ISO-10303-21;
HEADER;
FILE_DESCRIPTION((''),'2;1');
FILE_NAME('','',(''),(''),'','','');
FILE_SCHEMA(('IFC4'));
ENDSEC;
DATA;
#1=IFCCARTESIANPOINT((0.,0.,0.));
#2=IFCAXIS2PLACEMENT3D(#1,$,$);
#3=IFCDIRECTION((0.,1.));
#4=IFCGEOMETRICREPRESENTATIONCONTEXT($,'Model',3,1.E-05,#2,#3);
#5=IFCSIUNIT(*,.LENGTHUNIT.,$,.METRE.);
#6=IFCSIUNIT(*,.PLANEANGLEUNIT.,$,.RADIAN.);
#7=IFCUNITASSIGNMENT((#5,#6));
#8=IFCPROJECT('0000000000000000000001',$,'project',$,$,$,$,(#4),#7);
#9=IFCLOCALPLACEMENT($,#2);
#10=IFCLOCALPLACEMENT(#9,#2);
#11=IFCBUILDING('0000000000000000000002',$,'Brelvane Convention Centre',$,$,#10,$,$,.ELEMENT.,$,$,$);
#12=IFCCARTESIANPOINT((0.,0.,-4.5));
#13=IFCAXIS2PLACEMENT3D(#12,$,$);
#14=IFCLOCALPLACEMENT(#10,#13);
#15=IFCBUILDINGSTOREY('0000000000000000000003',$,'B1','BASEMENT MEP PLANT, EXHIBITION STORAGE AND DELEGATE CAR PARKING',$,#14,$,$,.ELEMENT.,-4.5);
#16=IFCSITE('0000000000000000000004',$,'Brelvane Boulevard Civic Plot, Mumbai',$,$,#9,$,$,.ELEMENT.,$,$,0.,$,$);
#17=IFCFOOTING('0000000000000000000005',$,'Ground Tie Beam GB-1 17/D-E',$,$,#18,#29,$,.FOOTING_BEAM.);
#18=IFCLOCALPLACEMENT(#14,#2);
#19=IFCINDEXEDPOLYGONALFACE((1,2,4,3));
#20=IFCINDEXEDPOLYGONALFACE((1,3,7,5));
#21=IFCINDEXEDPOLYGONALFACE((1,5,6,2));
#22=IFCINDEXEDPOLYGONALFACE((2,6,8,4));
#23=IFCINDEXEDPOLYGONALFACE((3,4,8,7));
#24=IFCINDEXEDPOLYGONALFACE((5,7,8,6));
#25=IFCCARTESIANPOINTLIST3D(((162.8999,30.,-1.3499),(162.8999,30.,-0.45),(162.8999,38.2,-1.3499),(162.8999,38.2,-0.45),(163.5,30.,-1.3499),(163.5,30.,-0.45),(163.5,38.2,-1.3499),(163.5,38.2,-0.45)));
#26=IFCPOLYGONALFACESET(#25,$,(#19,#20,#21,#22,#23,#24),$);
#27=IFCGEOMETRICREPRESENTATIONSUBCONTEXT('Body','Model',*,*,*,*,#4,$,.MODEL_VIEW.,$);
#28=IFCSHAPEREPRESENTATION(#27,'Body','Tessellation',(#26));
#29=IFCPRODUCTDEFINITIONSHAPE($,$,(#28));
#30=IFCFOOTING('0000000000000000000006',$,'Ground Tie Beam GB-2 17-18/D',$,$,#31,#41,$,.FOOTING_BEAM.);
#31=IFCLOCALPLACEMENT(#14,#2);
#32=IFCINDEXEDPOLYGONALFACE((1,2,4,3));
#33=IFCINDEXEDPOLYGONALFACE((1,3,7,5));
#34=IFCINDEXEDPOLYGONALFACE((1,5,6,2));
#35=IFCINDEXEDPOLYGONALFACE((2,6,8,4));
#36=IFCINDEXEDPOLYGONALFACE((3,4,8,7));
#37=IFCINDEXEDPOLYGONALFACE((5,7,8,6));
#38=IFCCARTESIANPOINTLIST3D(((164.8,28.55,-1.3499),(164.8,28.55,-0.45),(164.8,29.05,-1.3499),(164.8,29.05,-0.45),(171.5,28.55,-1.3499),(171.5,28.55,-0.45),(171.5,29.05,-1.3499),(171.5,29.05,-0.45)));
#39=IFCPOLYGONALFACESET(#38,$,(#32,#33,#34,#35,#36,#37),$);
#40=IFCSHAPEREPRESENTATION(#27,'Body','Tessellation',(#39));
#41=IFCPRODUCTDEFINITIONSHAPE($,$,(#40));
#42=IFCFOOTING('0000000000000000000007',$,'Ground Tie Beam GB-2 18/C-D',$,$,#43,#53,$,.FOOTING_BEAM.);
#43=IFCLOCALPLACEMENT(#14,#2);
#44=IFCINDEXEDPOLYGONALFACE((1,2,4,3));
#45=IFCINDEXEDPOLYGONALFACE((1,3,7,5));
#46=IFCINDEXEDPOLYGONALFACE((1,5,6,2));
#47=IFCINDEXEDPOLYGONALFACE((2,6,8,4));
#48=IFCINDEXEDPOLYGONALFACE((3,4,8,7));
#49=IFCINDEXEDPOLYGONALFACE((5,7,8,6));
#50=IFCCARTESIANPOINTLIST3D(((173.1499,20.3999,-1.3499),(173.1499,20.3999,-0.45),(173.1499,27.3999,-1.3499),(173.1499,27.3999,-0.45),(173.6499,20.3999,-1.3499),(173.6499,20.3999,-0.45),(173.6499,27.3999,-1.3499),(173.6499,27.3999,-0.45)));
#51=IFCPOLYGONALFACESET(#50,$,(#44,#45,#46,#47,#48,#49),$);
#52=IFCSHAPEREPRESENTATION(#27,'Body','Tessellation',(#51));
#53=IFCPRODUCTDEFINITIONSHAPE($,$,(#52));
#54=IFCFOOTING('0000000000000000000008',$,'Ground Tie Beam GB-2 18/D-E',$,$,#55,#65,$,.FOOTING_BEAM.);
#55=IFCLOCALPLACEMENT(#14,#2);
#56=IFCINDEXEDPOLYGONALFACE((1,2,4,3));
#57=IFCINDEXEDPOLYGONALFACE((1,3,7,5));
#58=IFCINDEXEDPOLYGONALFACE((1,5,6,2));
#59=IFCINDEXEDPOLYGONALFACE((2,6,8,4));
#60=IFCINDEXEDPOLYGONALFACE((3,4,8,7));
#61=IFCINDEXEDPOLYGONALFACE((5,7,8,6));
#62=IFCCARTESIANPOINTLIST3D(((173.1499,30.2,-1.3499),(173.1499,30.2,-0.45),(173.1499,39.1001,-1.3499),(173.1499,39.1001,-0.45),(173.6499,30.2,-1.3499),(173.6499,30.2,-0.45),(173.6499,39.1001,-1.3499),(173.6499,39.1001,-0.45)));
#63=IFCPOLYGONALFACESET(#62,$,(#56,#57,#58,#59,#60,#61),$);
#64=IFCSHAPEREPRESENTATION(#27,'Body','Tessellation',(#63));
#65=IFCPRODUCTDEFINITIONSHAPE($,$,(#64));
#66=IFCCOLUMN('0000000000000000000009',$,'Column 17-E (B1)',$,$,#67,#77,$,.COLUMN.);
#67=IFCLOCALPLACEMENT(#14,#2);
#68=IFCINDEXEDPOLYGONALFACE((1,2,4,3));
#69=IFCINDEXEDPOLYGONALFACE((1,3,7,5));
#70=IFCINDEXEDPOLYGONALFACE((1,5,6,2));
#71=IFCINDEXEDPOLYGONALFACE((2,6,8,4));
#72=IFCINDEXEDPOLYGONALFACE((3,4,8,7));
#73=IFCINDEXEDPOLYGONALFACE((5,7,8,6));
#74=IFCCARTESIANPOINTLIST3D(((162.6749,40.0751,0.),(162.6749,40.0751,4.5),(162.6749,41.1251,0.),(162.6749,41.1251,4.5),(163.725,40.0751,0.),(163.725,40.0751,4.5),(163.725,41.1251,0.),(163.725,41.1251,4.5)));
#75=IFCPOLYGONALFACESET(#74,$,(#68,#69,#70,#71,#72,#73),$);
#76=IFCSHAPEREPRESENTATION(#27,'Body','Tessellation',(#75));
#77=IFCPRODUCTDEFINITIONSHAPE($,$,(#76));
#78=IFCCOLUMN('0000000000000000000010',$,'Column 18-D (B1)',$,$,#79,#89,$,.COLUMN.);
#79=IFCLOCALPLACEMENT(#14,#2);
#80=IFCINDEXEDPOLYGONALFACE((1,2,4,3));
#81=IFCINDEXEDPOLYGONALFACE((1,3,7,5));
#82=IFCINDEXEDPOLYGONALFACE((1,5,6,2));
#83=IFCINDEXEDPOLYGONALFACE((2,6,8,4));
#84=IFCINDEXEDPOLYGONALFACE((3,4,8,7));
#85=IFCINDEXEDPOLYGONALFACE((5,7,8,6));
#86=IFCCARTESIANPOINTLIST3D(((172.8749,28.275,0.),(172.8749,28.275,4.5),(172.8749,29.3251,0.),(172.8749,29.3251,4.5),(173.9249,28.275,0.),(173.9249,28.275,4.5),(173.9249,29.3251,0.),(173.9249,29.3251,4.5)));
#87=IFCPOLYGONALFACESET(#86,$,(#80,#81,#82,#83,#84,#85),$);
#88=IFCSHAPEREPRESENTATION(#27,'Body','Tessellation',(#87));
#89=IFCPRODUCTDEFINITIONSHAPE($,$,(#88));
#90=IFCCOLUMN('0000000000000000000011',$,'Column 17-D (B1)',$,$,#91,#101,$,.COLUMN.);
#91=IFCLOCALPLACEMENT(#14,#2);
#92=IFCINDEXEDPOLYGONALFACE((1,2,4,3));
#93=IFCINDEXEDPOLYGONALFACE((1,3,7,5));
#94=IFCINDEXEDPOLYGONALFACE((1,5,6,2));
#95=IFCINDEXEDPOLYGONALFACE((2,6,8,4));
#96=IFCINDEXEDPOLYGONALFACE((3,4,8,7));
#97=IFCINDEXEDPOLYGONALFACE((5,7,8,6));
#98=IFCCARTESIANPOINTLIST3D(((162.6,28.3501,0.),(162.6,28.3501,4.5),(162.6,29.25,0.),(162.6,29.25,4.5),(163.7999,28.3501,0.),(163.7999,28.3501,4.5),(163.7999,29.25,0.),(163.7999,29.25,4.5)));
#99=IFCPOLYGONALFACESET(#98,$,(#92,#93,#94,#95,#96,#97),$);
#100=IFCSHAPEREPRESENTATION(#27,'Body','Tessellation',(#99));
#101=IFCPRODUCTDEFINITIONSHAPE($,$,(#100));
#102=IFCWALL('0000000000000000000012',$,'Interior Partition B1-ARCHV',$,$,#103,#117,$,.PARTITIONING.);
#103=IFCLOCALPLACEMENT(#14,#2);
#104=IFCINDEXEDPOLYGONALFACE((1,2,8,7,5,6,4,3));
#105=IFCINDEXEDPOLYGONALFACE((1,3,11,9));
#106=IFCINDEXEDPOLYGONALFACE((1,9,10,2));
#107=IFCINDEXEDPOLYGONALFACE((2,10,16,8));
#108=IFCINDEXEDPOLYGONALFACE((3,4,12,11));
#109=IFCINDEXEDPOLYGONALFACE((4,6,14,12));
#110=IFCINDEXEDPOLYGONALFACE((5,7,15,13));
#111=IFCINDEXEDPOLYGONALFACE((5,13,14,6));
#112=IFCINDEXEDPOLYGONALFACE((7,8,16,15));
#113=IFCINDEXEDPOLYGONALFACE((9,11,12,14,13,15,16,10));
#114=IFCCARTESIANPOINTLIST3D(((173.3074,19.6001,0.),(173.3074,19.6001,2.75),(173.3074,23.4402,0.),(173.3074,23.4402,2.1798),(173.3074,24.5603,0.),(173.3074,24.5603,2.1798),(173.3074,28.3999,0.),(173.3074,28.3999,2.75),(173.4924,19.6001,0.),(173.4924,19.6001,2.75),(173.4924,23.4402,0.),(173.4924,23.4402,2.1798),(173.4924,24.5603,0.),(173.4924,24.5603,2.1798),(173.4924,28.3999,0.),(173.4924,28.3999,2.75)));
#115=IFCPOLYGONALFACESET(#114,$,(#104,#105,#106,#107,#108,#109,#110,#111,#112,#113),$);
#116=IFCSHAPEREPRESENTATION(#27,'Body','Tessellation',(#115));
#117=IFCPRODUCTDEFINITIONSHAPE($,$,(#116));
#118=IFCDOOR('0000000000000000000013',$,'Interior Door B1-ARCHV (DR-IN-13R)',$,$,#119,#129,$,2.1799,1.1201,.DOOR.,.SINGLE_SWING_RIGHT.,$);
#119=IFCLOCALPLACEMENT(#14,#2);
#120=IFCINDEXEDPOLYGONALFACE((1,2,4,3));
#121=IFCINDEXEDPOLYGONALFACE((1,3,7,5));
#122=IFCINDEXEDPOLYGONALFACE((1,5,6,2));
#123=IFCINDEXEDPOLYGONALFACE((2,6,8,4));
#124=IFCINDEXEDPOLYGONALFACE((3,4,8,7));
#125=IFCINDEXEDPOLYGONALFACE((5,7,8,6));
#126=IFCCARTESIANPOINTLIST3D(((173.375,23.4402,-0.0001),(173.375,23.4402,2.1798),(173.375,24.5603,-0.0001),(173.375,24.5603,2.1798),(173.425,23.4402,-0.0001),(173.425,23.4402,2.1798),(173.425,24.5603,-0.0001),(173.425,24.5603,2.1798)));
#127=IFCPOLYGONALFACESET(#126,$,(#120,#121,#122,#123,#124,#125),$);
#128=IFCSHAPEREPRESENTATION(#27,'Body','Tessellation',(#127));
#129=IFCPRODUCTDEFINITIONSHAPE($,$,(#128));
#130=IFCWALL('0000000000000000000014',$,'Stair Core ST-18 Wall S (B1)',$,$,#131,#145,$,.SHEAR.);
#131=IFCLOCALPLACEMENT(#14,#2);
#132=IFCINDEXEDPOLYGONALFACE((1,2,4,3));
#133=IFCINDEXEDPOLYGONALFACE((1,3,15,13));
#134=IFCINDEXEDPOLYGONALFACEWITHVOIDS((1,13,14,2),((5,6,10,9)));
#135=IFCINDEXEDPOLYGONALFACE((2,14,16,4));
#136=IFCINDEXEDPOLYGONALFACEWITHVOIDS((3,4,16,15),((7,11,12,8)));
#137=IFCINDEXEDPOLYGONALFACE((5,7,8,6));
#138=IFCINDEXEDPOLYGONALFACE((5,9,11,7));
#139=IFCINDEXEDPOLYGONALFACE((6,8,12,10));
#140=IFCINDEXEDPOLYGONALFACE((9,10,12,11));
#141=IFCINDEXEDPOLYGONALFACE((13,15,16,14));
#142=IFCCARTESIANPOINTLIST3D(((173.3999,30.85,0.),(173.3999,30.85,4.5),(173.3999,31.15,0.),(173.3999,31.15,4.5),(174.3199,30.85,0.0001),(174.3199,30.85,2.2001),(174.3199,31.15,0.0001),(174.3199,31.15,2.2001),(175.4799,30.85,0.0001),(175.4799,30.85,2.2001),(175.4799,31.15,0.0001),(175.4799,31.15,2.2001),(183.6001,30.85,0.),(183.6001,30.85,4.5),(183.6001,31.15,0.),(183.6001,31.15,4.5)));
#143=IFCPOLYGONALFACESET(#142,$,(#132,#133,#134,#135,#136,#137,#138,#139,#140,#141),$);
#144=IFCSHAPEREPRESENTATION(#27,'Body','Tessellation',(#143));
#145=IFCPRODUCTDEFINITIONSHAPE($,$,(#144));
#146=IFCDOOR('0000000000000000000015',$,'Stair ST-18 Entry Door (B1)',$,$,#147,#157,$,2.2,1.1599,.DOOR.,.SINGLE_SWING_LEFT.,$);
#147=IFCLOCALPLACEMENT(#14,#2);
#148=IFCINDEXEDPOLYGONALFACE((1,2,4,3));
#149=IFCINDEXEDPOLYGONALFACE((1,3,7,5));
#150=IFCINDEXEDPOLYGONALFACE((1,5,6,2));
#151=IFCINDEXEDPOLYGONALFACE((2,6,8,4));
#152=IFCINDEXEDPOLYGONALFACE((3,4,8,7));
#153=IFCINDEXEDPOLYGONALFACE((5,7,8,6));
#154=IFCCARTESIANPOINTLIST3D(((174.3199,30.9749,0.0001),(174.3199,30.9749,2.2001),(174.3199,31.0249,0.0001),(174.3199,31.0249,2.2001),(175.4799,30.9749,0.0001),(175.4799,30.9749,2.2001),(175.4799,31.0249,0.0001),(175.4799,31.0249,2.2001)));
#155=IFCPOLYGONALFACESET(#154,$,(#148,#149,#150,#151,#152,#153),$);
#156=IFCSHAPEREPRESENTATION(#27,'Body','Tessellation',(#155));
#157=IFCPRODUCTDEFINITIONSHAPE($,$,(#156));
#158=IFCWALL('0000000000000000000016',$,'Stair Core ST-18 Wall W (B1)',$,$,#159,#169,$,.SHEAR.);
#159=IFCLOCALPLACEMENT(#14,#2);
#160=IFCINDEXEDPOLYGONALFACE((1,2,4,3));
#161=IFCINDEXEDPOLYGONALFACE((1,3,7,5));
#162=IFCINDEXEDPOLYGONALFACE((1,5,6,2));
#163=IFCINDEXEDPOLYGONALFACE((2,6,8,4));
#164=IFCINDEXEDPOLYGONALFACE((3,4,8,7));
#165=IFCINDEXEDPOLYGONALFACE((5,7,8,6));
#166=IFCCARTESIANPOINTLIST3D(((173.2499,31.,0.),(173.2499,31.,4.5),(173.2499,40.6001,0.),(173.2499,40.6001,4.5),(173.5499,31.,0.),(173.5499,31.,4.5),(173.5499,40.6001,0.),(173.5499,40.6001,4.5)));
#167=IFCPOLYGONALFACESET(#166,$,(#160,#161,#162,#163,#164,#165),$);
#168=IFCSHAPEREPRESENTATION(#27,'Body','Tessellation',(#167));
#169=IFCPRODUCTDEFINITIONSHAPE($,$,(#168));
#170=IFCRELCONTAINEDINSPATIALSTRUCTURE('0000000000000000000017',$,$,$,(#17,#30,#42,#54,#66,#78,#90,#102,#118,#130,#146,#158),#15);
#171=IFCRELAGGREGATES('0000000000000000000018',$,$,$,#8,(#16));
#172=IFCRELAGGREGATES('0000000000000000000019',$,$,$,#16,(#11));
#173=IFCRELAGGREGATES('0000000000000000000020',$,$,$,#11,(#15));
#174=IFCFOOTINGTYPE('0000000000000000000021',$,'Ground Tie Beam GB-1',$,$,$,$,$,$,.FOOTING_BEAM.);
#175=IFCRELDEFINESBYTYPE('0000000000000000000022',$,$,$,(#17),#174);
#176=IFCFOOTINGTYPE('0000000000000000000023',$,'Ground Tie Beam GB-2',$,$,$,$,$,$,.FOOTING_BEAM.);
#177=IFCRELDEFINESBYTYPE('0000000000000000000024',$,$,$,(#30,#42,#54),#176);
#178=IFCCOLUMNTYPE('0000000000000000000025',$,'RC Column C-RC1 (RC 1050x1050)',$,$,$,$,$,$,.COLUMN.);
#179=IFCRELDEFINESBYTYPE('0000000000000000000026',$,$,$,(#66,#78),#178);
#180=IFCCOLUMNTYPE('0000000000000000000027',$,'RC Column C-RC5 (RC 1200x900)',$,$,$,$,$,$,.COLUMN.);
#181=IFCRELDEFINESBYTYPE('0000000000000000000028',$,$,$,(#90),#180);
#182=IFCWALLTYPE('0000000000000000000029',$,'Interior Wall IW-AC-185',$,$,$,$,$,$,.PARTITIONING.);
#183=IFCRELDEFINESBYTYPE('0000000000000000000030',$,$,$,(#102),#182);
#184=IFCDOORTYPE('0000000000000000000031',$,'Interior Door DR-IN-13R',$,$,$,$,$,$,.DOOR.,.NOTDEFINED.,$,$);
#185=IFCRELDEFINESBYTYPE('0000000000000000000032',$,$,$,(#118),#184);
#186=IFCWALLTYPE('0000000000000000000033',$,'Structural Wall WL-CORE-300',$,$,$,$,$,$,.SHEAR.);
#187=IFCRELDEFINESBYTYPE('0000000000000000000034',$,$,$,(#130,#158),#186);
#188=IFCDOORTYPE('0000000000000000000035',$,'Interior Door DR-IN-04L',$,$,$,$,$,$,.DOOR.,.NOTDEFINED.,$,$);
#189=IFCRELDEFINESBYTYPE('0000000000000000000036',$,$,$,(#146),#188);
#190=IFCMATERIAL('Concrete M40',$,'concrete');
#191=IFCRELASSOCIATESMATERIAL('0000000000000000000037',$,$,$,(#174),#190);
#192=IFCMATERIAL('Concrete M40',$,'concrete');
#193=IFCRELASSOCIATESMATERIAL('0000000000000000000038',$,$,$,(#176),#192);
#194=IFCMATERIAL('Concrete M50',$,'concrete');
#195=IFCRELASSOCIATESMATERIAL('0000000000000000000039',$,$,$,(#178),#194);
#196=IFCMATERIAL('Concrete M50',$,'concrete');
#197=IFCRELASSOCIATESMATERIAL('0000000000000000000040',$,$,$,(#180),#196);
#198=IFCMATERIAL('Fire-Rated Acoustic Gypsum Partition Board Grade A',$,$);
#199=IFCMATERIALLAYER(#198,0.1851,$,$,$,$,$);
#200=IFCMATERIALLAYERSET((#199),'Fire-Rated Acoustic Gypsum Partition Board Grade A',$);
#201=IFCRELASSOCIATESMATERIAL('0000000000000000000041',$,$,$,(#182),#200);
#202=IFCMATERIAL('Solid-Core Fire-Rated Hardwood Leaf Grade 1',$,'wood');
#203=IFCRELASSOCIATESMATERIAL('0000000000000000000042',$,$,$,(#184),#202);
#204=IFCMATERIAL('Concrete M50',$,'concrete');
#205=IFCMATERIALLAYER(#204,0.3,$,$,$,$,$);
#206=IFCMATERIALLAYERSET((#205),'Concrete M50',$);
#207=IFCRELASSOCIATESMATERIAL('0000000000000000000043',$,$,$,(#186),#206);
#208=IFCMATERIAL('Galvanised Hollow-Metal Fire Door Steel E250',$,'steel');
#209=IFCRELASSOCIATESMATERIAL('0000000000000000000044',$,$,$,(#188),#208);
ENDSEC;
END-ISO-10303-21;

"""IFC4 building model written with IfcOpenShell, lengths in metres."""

from ifc_helpers import new_model, si_unit, direction, frame, frame_2d, origin, origin_2d, place, context, subcontext, project, spatial, rectangle, extrude, material, layer, layer_set, material_profile, profile_set, type_object, element, fill, save


model = new_model("IFC4")

# Units and contexts
model_context = context("Model", 3, precision=1e-05, world=origin(), true_north=direction((0.0, 1.0)))
body_context = subcontext(model_context, "Body", "Model", "MODEL_VIEW")
ifc_project = project(units=[si_unit("LENGTHUNIT", "METRE"), si_unit("PLANEANGLEUNIT", "RADIAN")], contexts=[model_context])

# Site, building, storey
site_placement = place(None, origin())
site = spatial("IfcSite", under=ifc_project, at=site_placement, Name="Brelvane Boulevard Civic Plot, Mumbai", CompositionType="ELEMENT", RefElevation=0.0)
building_placement = place(site_placement, origin())
building = spatial("IfcBuilding", under=site, at=building_placement, Name="Brelvane Convention Centre", CompositionType="ELEMENT")
storey_placement = place(building_placement, frame((0.0, 0.0, -4.5)))
storey = spatial("IfcBuildingStorey", under=building, at=storey_placement, Name="B1", Description="BASEMENT MEP PLANT, EXHIBITION STORAGE AND DELEGATE CAR PARKING", CompositionType="ELEMENT", Elevation=-4.5)

# Footings
ifc_material_1 = material(Name="Concrete M40", Category="concrete")
ifc_material_profile_1 = material_profile(ifc_material_1, rectangle(XDim=0.6001, YDim=0.8999, at=origin_2d()), Name="RC 600x900")
ifc_profile_set_1 = profile_set([ifc_material_profile_1], Name="Concrete M40")
footing_type_1 = type_object("IfcFootingType", Name="Ground Tie Beam GB-1", PredefinedType="FOOTING_BEAM", material=ifc_profile_set_1)
footing_1_placement = place(storey_placement, frame((163.2, 30.0, -0.8999), z_axis=(0.0, 1.0, 0.0), x_axis=(-1.0, 0.0, 0.0)))
element("IfcFooting", 1, at=footing_1_placement, inside=storey, type_object=footing_type_1, Name="Ground Tie Beam GB-1 17/D-E", PredefinedType="FOOTING_BEAM", context=body_context, shape_type="SweptSolid", body=[
    extrude(rectangle(XDim=0.6001, YDim=0.8999, at=origin_2d()), origin(), (0.0, 0.0, 1.0), 8.2),
])
ifc_material_2 = material(Name="Concrete M40", Category="concrete")
ifc_material_profile_2 = material_profile(ifc_material_2, rectangle(XDim=0.5, YDim=0.8999, at=origin_2d()), Name="RC 500x900")
ifc_profile_set_2 = profile_set([ifc_material_profile_2], Name="Concrete M40")
footing_type_2 = type_object("IfcFootingType", Name="Ground Tie Beam GB-2", PredefinedType="FOOTING_BEAM", material=ifc_profile_set_2)
footing_2_placement = place(storey_placement, frame((164.8, 28.8, -0.8999), z_axis=(1.0, 0.0, 0.0), x_axis=(0.0, 1.0, 0.0)))
element("IfcFooting", 2, at=footing_2_placement, inside=storey, type_object=footing_type_2, Name="Ground Tie Beam GB-2 17-18/D", PredefinedType="FOOTING_BEAM", context=body_context, shape_type="SweptSolid", body=[
    extrude(rectangle(XDim=0.5, YDim=0.8999, at=origin_2d()), origin(), (0.0, 0.0, 1.0), 6.7),
])
footing_3_placement = place(storey_placement, frame((173.3999, 20.3999, -0.8999), z_axis=(0.0, 1.0, 0.0), x_axis=(-1.0, 0.0, 0.0)))
element("IfcFooting", 3, at=footing_3_placement, inside=storey, type_object=footing_type_2, Name="Ground Tie Beam GB-2 18/C-D", PredefinedType="FOOTING_BEAM", context=body_context, shape_type="SweptSolid", body=[
    extrude(rectangle(XDim=0.5, YDim=0.8999, at=origin_2d()), origin(), (0.0, 0.0, 1.0), 7.0),
])
footing_4_placement = place(storey_placement, frame((173.3999, 30.2, -0.8999), z_axis=(0.0, 1.0, 0.0), x_axis=(-1.0, 0.0, 0.0)))
element("IfcFooting", 4, at=footing_4_placement, inside=storey, type_object=footing_type_2, Name="Ground Tie Beam GB-2 18/D-E", PredefinedType="FOOTING_BEAM", context=body_context, shape_type="SweptSolid", body=[
    extrude(rectangle(XDim=0.5, YDim=0.8999, at=origin_2d()), origin(), (0.0, 0.0, 1.0), 8.9001),
])

# Columns
ifc_material_3 = material(Name="Concrete M50", Category="concrete")
ifc_material_profile_3 = material_profile(ifc_material_3, rectangle(XDim=1.05, YDim=1.05, at=origin_2d()), Name="RC 1050x1050")
ifc_profile_set_3 = profile_set([ifc_material_profile_3], Name="Concrete M50")
column_type_1 = type_object("IfcColumnType", Name="RC Column C-RC1 (RC 1050x1050)", PredefinedType="COLUMN", material=ifc_profile_set_3)
for number, where, z_axis, x_axis, name in (
    (5, (163.2, 40.6001, 0.0), (0.0, 0.0, 1.0), (1.0, 0.0, 0.0), "Column 17-E (B1)"),
    (6, (173.3999, 28.8, 0.0), (0.0, 0.0, 1.0), (1.0, 0.0, 0.0), "Column 18-D (B1)"),
):
    element("IfcColumn", number, at=place(storey_placement, frame(where, z_axis=z_axis, x_axis=x_axis)), inside=storey, type_object=column_type_1, Name=name, PredefinedType="COLUMN", context=body_context, shape_type="SweptSolid", body=[
        extrude(rectangle(XDim=1.05, YDim=1.05, at=origin_2d()), origin(), (0.0, 0.0, 1.0), 4.5),
    ])
ifc_material_4 = material(Name="Concrete M50", Category="concrete")
ifc_material_profile_4 = material_profile(ifc_material_4, rectangle(XDim=1.2, YDim=0.8999, at=origin_2d()), Name="RC 1200x900")
ifc_profile_set_4 = profile_set([ifc_material_profile_4], Name="Concrete M50")
column_type_2 = type_object("IfcColumnType", Name="RC Column C-RC5 (RC 1200x900)", PredefinedType="COLUMN", material=ifc_profile_set_4)
column_placement = place(storey_placement, frame((163.2, 28.8, 0.0), z_axis=(0.0, 0.0, 1.0), x_axis=(1.0, 0.0, 0.0)))
element("IfcColumn", 7, at=column_placement, inside=storey, type_object=column_type_2, Name="Column 17-D (B1)", PredefinedType="COLUMN", context=body_context, shape_type="SweptSolid", body=[
    extrude(rectangle(XDim=1.2, YDim=0.8999, at=origin_2d()), origin(), (0.0, 0.0, 1.0), 4.5),
])

# Walls, openings, doors
ifc_material_5 = material(Name="Fire-Rated Acoustic Gypsum Partition Board Grade A")
ifc_layer_1 = layer(ifc_material_5, 0.1851)
ifc_layer_set_1 = layer_set([ifc_layer_1], Name="Fire-Rated Acoustic Gypsum Partition Board Grade A")
wall_type_1 = type_object("IfcWallType", Name="Interior Wall IW-AC-185", PredefinedType="PARTITIONING", material=ifc_layer_set_1)
wall_1_placement = place(storey_placement, frame((173.3999, 19.6001, 0.0), z_axis=(0.0, 0.0, 1.0), x_axis=(0.0, 1.0, 0.0)))
wall_1 = element("IfcWall", 8, at=wall_1_placement, inside=storey, type_object=wall_type_1, Name="Interior Partition B1-ARCHV", PredefinedType="PARTITIONING", context=body_context, shape_type="SweptSolid", body=[
    extrude(rectangle(XDim=8.7998, YDim=0.1851, at=frame_2d((4.3999, 0.0))), origin(), (0.0, 0.0, 1.0), 2.75),
])
opening_1_placement = place(wall_1_placement, frame((3.8401, 0.0, 0.0)))
opening_1 = element("IfcOpeningElement", 9, at=opening_1_placement, cuts=wall_1, PredefinedType="OPENING", context=body_context, shape_type="SweptSolid", body=[
    extrude(rectangle(XDim=1.1201, YDim=2.1799, at=frame_2d((0.5601, 1.0898))), frame((0.0, 0.1025, 0.0), z_axis=(0.0, -1.0, 0.0), x_axis=(1.0, 0.0, 0.0)), (0.0, 0.0, 1.0), 0.2051),
])
ifc_material_6 = material(Name="Solid-Core Fire-Rated Hardwood Leaf Grade 1", Category="wood")
door_type_1 = type_object("IfcDoorType", Name="Interior Door DR-IN-13R", OperationType="NOTDEFINED", PredefinedType="DOOR", material=ifc_material_6)
door_1_placement = place(opening_1_placement, origin())
door_1 = element("IfcDoor", 10, at=door_1_placement, inside=storey, type_object=door_type_1, Name="Interior Door B1-ARCHV (DR-IN-13R)", OperationType="SINGLE_SWING_RIGHT", OverallHeight=2.1799, OverallWidth=1.1201, PredefinedType="DOOR", context=body_context, shape_type="SweptSolid", body=[
    extrude(rectangle(XDim=1.1201, YDim=2.1799, at=frame_2d((0.5601, 1.0898))), frame((0.0, 0.0249, 0.0), z_axis=(0.0, -1.0, 0.0), x_axis=(1.0, 0.0, 0.0)), (0.0, 0.0, 1.0), 0.05),
])
fill(opening_1, door_1)
ifc_material_7 = material(Name="Concrete M50", Category="concrete")
ifc_layer_2 = layer(ifc_material_7, 0.3)
ifc_layer_set_2 = layer_set([ifc_layer_2], Name="Concrete M50")
wall_type_2 = type_object("IfcWallType", Name="Structural Wall WL-CORE-300", PredefinedType="SHEAR", material=ifc_layer_set_2)
wall_2_placement = place(storey_placement, frame((173.3999, 31.0, 0.0), z_axis=(0.0, 0.0, 1.0), x_axis=(1.0, 0.0, 0.0)))
wall_2 = element("IfcWall", 11, at=wall_2_placement, inside=storey, type_object=wall_type_2, Name="Stair Core ST-18 Wall S (B1)", PredefinedType="SHEAR", context=body_context, shape_type="SweptSolid", body=[
    extrude(rectangle(XDim=10.2002, YDim=0.3, at=frame_2d((5.1001, 0.0))), origin(), (0.0, 0.0, 1.0), 4.5),
])
opening_2_placement = place(wall_2_placement, frame((0.9199, 0.0, 0.0)))
opening_2 = element("IfcOpeningElement", 12, at=opening_2_placement, cuts=wall_2, PredefinedType="OPENING", context=body_context, shape_type="SweptSolid", body=[
    extrude(rectangle(XDim=1.1599, YDim=2.2, at=frame_2d((0.5801, 1.1001))), frame((0.0, 0.1599, 0.0), z_axis=(0.0, -1.0, 0.0), x_axis=(1.0, 0.0, 0.0)), (0.0, 0.0, 1.0), 0.3201),
])
ifc_material_8 = material(Name="Galvanised Hollow-Metal Fire Door Steel E250", Category="steel")
door_type_2 = type_object("IfcDoorType", Name="Interior Door DR-IN-04L", OperationType="NOTDEFINED", PredefinedType="DOOR", material=ifc_material_8)
door_2_placement = place(opening_2_placement, origin())
door_2 = element("IfcDoor", 13, at=door_2_placement, inside=storey, type_object=door_type_2, Name="Stair ST-18 Entry Door (B1)", OperationType="SINGLE_SWING_LEFT", OverallHeight=2.2, OverallWidth=1.1599, PredefinedType="DOOR", context=body_context, shape_type="SweptSolid", body=[
    extrude(rectangle(XDim=1.1599, YDim=2.2, at=frame_2d((0.5801, 1.1001))), frame((0.0, 0.0249, 0.0), z_axis=(0.0, -1.0, 0.0), x_axis=(1.0, 0.0, 0.0)), (0.0, 0.0, 1.0), 0.05),
])
fill(opening_2, door_2)

# Wall
wall_3_placement = place(storey_placement, frame((173.3999, 31.0, 0.0), z_axis=(0.0, 0.0, 1.0), x_axis=(0.0, 1.0, 0.0)))
element("IfcWall", 14, at=wall_3_placement, inside=storey, type_object=wall_type_2, Name="Stair Core ST-18 Wall W (B1)", PredefinedType="SHEAR", context=body_context, shape_type="SweptSolid", body=[
    extrude(rectangle(XDim=9.6001, YDim=0.3, at=frame_2d((4.8, 0.0))), origin(), (0.0, 0.0, 1.0), 4.5),
])

save(model, "model.ifc")
